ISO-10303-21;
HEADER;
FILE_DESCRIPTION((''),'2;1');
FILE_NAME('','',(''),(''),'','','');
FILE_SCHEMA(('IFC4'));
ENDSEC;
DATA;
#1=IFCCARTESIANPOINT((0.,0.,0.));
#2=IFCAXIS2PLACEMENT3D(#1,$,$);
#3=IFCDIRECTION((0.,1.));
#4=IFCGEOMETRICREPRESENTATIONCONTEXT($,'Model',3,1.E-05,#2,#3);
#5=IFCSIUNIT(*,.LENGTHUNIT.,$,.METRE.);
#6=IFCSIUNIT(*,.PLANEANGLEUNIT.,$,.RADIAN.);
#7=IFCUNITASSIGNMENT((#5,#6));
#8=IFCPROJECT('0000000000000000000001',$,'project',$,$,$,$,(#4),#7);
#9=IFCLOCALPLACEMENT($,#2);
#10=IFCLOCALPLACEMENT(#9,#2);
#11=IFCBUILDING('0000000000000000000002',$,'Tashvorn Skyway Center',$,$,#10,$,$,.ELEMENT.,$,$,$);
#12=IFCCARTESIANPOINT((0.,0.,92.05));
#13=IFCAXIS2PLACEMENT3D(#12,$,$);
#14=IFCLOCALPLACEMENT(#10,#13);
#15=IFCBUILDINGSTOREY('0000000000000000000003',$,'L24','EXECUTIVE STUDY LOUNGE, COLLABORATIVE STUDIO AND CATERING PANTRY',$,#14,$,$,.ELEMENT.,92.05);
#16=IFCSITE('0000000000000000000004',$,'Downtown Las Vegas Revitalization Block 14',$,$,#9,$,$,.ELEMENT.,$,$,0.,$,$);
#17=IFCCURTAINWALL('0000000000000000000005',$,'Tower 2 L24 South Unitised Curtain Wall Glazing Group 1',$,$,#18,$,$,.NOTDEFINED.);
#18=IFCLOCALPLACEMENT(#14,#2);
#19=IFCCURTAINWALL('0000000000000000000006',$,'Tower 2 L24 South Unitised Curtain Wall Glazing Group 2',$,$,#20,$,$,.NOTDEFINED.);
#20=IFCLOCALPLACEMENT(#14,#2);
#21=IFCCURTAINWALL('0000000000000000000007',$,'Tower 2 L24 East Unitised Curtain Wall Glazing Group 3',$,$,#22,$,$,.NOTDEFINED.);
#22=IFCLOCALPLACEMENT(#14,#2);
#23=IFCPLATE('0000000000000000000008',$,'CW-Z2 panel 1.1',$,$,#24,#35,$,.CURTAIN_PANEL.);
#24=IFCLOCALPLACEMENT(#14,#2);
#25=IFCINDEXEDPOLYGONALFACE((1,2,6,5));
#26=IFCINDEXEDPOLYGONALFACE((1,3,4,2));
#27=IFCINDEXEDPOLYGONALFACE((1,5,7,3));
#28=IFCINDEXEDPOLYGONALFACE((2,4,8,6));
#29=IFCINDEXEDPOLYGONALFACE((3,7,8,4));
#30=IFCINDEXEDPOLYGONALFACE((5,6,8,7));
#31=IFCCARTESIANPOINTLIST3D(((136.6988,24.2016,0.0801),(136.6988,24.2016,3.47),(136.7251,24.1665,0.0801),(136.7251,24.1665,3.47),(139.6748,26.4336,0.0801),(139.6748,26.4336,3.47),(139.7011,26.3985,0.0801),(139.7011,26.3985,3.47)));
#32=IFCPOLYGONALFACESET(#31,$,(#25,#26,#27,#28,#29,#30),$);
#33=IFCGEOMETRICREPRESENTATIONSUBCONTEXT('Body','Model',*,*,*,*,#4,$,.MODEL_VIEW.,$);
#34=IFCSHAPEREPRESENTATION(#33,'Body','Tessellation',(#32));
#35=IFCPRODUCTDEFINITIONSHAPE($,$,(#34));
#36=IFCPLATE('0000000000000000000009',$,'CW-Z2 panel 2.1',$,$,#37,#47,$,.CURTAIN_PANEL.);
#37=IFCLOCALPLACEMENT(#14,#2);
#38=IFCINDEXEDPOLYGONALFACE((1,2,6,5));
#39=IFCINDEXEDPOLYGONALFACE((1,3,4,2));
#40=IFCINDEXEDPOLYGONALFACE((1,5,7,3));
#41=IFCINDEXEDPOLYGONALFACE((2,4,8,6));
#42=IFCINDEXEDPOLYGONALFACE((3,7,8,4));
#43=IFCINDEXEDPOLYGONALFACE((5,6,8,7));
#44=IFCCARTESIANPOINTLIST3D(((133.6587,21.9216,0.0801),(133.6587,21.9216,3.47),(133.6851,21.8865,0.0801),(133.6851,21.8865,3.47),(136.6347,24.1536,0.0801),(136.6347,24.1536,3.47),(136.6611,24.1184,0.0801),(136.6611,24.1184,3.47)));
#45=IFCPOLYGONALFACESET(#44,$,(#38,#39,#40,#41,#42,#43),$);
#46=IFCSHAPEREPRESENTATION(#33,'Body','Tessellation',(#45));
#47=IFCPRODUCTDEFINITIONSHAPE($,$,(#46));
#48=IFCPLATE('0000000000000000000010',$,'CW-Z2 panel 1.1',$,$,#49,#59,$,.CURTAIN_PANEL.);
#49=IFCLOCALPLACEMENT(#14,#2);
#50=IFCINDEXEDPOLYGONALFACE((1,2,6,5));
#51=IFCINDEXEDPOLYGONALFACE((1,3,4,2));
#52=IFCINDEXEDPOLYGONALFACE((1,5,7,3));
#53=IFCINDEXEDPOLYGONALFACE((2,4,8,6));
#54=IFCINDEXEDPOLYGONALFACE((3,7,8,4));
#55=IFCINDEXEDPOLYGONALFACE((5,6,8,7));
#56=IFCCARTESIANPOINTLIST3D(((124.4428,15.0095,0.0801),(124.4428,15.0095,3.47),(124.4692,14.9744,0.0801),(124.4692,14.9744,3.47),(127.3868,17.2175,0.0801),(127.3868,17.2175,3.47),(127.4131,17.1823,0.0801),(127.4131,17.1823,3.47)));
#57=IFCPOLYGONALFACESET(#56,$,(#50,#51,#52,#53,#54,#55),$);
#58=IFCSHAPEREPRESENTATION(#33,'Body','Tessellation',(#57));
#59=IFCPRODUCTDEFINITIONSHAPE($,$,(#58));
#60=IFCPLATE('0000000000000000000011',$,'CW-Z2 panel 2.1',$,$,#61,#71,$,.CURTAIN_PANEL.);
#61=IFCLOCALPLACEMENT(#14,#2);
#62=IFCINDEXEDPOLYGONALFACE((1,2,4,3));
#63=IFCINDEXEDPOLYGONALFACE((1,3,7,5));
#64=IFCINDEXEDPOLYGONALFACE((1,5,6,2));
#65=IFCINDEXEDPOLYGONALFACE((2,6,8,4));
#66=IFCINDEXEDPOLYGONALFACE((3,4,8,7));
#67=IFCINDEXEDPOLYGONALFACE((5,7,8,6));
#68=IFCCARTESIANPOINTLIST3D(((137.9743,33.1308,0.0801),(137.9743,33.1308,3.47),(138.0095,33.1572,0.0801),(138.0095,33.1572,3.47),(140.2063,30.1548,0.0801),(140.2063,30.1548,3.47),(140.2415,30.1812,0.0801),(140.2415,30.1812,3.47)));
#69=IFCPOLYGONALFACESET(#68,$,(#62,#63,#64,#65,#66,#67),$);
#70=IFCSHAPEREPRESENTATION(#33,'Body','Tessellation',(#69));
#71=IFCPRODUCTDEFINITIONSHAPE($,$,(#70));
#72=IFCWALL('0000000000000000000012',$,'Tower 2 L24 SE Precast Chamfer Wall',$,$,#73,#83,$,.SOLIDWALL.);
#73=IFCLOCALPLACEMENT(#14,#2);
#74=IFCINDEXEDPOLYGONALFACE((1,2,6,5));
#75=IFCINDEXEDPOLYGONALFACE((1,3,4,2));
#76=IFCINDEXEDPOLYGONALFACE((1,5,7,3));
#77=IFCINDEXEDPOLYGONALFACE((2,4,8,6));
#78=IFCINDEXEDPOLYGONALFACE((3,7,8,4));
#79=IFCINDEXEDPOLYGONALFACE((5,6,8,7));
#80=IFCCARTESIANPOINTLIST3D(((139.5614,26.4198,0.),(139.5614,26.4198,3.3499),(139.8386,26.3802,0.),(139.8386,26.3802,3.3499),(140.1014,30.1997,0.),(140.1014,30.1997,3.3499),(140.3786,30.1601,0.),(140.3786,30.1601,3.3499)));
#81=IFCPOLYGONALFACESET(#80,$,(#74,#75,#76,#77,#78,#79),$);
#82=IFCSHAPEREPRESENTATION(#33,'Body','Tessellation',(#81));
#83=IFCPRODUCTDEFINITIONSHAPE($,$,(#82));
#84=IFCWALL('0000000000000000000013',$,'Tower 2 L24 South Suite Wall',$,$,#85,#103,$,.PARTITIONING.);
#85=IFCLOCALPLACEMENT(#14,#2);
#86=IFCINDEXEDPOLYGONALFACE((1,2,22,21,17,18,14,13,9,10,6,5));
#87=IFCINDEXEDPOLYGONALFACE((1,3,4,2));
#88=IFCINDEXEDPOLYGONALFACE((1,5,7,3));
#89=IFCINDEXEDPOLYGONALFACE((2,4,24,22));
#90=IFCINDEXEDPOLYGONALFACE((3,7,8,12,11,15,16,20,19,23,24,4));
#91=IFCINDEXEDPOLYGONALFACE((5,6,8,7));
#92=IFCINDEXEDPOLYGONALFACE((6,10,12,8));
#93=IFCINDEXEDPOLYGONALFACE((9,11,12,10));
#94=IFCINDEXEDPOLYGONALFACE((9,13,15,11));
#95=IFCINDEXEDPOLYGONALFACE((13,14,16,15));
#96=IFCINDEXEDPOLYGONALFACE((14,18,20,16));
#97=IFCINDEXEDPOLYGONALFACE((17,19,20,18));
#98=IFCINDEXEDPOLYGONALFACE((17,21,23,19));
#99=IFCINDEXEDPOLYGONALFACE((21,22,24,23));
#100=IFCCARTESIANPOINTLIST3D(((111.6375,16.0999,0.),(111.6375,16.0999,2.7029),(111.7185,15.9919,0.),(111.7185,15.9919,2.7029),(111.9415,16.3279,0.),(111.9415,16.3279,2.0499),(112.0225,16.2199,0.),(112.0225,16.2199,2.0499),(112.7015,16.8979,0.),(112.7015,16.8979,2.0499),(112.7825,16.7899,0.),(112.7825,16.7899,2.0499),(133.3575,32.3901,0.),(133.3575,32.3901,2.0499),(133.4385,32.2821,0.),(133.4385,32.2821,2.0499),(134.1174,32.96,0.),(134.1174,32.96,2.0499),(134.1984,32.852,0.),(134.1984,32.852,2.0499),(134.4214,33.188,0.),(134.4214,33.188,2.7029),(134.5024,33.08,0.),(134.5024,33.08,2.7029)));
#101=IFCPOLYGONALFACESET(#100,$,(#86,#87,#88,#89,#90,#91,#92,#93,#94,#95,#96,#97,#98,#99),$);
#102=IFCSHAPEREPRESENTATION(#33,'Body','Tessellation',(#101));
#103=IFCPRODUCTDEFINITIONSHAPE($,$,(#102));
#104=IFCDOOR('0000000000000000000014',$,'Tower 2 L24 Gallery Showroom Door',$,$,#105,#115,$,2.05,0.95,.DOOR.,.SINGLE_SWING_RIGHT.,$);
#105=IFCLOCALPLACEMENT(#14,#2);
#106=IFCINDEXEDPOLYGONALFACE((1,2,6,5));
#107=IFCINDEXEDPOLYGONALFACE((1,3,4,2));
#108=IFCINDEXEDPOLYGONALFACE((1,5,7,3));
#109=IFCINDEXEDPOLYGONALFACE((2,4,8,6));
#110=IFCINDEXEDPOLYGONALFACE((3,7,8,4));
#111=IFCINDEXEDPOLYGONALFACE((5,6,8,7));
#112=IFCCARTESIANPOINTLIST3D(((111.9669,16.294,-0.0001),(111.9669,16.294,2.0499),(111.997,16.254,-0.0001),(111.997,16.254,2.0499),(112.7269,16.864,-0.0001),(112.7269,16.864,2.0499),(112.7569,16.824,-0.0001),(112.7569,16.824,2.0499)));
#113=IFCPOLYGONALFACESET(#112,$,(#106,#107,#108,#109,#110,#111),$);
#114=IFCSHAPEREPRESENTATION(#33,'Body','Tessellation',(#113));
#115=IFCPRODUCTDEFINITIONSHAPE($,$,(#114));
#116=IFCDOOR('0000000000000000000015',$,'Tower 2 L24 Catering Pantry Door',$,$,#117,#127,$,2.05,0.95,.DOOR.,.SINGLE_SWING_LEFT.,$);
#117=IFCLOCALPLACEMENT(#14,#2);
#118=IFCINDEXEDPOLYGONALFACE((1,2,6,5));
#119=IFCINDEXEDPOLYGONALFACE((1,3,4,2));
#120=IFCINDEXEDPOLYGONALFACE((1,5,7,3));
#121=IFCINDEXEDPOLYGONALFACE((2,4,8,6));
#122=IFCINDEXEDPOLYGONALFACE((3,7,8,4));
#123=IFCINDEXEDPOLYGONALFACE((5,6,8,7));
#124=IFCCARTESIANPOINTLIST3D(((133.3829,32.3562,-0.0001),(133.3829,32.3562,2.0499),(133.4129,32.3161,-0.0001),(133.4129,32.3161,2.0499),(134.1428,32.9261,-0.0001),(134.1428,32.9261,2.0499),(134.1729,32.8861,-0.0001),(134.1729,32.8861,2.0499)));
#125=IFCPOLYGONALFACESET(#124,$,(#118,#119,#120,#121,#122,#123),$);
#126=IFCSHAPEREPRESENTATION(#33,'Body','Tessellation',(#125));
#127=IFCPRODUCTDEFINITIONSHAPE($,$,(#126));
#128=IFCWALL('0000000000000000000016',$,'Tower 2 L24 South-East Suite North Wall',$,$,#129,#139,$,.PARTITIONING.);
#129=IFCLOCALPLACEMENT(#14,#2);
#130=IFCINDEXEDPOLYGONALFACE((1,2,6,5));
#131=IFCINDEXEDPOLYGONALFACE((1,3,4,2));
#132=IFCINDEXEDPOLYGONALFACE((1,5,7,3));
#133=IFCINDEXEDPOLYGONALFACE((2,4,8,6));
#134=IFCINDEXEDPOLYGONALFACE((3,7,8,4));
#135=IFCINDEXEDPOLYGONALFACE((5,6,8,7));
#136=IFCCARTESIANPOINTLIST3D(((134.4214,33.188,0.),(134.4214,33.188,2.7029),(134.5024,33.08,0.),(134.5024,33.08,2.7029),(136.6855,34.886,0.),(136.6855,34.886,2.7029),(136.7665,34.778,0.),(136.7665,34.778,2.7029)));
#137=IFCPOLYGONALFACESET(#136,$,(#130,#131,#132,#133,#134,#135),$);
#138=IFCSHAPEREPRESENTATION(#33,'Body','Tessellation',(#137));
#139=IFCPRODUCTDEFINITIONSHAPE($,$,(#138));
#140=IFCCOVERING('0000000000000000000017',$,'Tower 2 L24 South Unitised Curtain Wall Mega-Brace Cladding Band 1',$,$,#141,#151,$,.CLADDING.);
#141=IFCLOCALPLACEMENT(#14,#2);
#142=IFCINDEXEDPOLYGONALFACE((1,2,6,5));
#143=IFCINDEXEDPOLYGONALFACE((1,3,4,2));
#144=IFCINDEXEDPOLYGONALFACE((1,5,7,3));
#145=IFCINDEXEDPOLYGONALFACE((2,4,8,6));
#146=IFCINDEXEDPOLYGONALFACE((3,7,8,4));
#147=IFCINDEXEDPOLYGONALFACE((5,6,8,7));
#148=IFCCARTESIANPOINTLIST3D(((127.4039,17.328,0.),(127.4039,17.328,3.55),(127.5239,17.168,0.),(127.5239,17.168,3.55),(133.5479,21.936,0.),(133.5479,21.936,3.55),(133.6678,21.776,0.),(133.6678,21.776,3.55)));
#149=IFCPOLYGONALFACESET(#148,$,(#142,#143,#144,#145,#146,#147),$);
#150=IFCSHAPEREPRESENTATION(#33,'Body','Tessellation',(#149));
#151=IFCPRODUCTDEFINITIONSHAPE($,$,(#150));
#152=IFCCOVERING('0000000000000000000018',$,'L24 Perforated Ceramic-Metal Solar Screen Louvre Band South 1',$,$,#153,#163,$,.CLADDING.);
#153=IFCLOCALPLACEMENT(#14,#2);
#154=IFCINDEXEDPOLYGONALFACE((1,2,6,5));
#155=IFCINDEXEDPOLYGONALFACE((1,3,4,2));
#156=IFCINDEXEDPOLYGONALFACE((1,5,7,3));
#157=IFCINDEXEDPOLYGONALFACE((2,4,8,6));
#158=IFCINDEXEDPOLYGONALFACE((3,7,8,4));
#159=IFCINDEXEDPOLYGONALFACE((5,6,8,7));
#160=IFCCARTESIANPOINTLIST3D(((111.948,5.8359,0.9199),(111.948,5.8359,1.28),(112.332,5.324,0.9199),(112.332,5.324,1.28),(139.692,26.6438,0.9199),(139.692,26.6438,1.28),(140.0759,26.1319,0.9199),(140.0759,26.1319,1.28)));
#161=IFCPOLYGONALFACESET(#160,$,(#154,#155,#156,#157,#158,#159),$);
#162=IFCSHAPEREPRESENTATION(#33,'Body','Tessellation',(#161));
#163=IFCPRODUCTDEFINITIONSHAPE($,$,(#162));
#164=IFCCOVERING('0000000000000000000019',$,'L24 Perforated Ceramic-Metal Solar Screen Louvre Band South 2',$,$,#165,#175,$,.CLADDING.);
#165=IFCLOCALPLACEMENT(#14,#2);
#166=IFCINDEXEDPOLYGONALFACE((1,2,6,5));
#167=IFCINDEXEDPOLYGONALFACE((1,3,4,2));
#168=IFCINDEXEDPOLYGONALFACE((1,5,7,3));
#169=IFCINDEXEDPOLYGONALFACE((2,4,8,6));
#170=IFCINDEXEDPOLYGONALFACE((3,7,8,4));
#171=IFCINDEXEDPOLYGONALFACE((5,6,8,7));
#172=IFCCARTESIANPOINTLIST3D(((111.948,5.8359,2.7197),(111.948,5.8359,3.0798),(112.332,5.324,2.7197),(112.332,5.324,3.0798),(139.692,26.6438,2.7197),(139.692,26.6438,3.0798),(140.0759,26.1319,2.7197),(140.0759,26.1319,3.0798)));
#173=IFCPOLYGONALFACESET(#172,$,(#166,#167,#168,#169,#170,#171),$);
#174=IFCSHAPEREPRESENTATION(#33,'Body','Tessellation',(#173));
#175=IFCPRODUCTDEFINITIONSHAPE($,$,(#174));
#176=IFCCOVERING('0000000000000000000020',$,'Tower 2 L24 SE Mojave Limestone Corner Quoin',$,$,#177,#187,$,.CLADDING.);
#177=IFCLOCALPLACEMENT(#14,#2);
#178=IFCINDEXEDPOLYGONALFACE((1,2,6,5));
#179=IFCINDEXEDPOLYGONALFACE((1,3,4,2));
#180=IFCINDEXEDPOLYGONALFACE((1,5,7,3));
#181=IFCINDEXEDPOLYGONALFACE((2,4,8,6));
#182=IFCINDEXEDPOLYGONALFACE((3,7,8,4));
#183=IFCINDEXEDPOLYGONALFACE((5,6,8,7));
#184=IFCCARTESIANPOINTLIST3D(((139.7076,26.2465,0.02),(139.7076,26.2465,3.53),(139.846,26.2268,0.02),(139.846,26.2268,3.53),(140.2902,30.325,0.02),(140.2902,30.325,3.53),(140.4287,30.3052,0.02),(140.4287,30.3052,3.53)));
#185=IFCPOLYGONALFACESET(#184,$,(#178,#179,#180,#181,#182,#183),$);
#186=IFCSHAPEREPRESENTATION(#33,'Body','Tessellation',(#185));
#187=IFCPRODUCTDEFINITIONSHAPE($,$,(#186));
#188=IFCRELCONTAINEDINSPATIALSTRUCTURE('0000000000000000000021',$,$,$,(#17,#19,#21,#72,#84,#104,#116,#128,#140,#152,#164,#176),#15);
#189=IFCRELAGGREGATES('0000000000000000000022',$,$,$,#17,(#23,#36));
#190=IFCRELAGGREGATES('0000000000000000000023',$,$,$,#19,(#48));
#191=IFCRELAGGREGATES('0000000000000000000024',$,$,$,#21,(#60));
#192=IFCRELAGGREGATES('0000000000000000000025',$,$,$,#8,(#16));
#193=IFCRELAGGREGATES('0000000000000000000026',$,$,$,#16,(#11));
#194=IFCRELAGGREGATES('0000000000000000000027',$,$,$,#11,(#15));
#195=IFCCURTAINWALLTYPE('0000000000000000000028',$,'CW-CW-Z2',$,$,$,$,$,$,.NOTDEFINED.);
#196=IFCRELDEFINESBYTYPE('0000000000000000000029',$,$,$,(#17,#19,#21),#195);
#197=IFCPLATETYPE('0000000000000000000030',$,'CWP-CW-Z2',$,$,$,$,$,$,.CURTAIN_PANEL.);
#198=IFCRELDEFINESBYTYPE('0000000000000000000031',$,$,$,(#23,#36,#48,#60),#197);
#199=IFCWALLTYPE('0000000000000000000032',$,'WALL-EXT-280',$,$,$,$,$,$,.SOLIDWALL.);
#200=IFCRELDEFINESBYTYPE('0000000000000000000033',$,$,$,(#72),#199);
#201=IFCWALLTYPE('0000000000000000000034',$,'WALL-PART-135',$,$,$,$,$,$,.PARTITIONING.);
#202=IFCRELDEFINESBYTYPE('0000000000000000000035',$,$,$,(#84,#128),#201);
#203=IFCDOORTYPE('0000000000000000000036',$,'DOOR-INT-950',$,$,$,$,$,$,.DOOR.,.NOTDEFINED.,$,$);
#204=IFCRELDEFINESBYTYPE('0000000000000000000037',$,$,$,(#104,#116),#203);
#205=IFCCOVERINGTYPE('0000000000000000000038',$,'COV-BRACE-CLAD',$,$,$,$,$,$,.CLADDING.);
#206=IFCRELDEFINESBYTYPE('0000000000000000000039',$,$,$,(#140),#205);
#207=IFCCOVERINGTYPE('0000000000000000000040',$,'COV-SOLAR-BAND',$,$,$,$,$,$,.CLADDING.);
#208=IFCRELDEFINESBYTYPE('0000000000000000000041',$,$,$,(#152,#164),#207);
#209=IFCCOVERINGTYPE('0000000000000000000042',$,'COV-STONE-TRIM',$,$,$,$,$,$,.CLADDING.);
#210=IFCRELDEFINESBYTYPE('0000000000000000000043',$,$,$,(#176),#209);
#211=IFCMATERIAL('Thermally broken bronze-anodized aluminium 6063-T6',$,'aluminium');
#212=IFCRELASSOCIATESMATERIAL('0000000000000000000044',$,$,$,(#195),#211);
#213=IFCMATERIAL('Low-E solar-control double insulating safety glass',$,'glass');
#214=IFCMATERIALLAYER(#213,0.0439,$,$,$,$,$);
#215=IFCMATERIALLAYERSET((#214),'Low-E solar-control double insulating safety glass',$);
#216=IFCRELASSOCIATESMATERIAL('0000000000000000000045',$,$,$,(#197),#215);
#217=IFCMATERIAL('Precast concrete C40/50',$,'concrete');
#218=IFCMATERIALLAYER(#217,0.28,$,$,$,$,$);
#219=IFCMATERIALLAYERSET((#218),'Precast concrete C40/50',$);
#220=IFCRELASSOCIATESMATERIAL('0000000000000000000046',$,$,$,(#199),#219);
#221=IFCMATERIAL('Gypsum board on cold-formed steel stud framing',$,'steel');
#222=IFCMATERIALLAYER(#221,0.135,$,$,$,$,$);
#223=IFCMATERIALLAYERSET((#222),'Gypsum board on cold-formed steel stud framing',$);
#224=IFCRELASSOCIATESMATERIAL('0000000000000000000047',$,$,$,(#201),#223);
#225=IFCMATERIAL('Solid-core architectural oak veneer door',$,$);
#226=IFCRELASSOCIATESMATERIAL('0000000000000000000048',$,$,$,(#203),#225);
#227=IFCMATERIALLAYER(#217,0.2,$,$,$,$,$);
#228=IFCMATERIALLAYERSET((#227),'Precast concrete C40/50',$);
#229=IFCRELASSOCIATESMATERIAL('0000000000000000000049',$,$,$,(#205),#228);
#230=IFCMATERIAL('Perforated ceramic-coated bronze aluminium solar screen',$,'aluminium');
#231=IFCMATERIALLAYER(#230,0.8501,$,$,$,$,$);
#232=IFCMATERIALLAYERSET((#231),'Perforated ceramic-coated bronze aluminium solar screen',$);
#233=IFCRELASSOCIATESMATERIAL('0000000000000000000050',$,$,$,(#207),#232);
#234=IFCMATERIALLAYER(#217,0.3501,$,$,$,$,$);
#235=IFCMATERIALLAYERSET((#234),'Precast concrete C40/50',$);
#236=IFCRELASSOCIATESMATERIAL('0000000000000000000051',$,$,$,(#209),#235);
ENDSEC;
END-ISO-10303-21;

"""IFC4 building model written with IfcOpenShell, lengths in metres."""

from ifc_helpers import new_model, si_unit, direction, frame, frame_2d, origin, origin_2d, place, context, subcontext, project, spatial, rectangle, extrude, material, layer, layer_set, type_object, element, fill, aggregate, save


model = new_model("IFC4")

# Units and contexts
model_context = context("Model", 3, precision=1e-05, world=origin(), true_north=direction((0.0, 1.0)))
body_context = subcontext(model_context, "Body", "Model", "MODEL_VIEW")
ifc_project = project(units=[si_unit("LENGTHUNIT", "METRE"), si_unit("PLANEANGLEUNIT", "RADIAN")], contexts=[model_context])

# Site, building, storey
site_placement = place(None, origin())
site = spatial("IfcSite", under=ifc_project, at=site_placement, Name="Downtown Las Vegas Revitalization Block 14", CompositionType="ELEMENT", RefElevation=0.0)
building_placement = place(site_placement, origin())
building = spatial("IfcBuilding", under=site, at=building_placement, Name="Tashvorn Skyway Center", CompositionType="ELEMENT")
storey_placement = place(building_placement, frame((0.0, 0.0, 92.05)))
storey = spatial("IfcBuildingStorey", under=building, at=storey_placement, Name="L24", Description="EXECUTIVE STUDY LOUNGE, COLLABORATIVE STUDIO AND CATERING PANTRY", CompositionType="ELEMENT", Elevation=92.05)

# Curtain wall
ifc_material_1 = material(Name="Thermally broken bronze-anodized aluminium 6063-T6", Category="aluminium")
curtain_wall_type = type_object("IfcCurtainWallType", Name="CW-CW-Z2", PredefinedType="NOTDEFINED", material=ifc_material_1)
curtain_wall_1_placement = place(storey_placement, origin())
curtain_wall_1 = element("IfcCurtainWall", 1, at=curtain_wall_1_placement, inside=storey, type_object=curtain_wall_type, Name="Tower 2 L24 South Unitised Curtain Wall Glazing Group 1", PredefinedType="NOTDEFINED")

# Curtain wall
curtain_wall_2_placement = place(storey_placement, origin())
curtain_wall_2 = element("IfcCurtainWall", 2, at=curtain_wall_2_placement, inside=storey, type_object=curtain_wall_type, Name="Tower 2 L24 South Unitised Curtain Wall Glazing Group 2", PredefinedType="NOTDEFINED")

# Curtain wall
curtain_wall_3_placement = place(storey_placement, origin())
curtain_wall_3 = element("IfcCurtainWall", 3, at=curtain_wall_3_placement, inside=storey, type_object=curtain_wall_type, Name="Tower 2 L24 East Unitised Curtain Wall Glazing Group 3", PredefinedType="NOTDEFINED")

# Plates
ifc_material_2 = material(Name="Low-E solar-control double insulating safety glass", Category="glass")
ifc_layer_1 = layer(ifc_material_2, 0.0439)
ifc_layer_set_1 = layer_set([ifc_layer_1], Name="Low-E solar-control double insulating safety glass")
plate_type = type_object("IfcPlateType", Name="CWP-CW-Z2", PredefinedType="CURTAIN_PANEL", material=ifc_layer_set_1)
plate_1_placement = place(storey_placement, frame((138.2, 25.3, 0.0801), z_axis=(0.0, 0.0, 1.0), x_axis=(-0.8, -0.6, 0.0)))
plate_1 = element("IfcPlate", 4, at=plate_1_placement, type_object=plate_type, Name="CW-Z2 panel 1.1", PredefinedType="CURTAIN_PANEL", context=body_context, shape_type="SweptSolid", body=[
    extrude(rectangle(XDim=3.72, YDim=0.0439, at=origin_2d()), origin(), (0.0, 0.0, 1.0), 3.3899),
])
plate_2_placement = place(storey_placement, frame((135.1599, 23.02, 0.0801), z_axis=(0.0, 0.0, 1.0), x_axis=(-0.8, -0.6, 0.0)))
plate_2 = element("IfcPlate", 5, at=plate_2_placement, type_object=plate_type, Name="CW-Z2 panel 2.1", PredefinedType="CURTAIN_PANEL", context=body_context, shape_type="SweptSolid", body=[
    extrude(rectangle(XDim=3.72, YDim=0.0439, at=origin_2d()), origin(), (0.0, 0.0, 1.0), 3.3899),
])
aggregate(curtain_wall_1, [plate_1, plate_2])
plate_3_placement = place(storey_placement, frame((125.928, 16.0959, 0.0801), z_axis=(0.0, 0.0, 1.0), x_axis=(-0.8, -0.6, 0.0)))
plate_3 = element("IfcPlate", 6, at=plate_3_placement, type_object=plate_type, Name="CW-Z2 panel 1.1", PredefinedType="CURTAIN_PANEL", context=body_context, shape_type="SweptSolid", body=[
    extrude(rectangle(XDim=3.6799, YDim=0.0439, at=origin_2d()), origin(), (0.0, 0.0, 1.0), 3.3899),
])
aggregate(curtain_wall_2, [plate_3])
plate_4_placement = place(storey_placement, frame((139.1079, 31.656, 0.0801), z_axis=(0.0, 0.0, 1.0), x_axis=(0.6, -0.8, 0.0)))
plate_4 = element("IfcPlate", 7, at=plate_4_placement, type_object=plate_type, Name="CW-Z2 panel 2.1", PredefinedType="CURTAIN_PANEL", context=body_context, shape_type="SweptSolid", body=[
    extrude(rectangle(XDim=3.72, YDim=0.0439, at=origin_2d()), origin(), (0.0, 0.0, 1.0), 3.3899),
])
aggregate(curtain_wall_3, [plate_4])

# Wall
ifc_material_3 = material(Name="Precast concrete C40/50", Category="concrete")
ifc_layer_2 = layer(ifc_material_3, 0.28)
ifc_layer_set_2 = layer_set([ifc_layer_2], Name="Precast concrete C40/50")
wall_type_1 = type_object("IfcWallType", Name="WALL-EXT-280", PredefinedType="SOLIDWALL", material=ifc_layer_set_2)
wall_1_placement = place(storey_placement, frame((140.24, 30.1799, 0.0), z_axis=(0.0, 0.0, 1.0), x_axis=(-0.14143, -0.989948, 0.0)))
element("IfcWall", 8, at=wall_1_placement, inside=storey, type_object=wall_type_1, Name="Tower 2 L24 SE Precast Chamfer Wall", PredefinedType="SOLIDWALL", context=body_context, shape_type="SweptSolid", body=[
    extrude(rectangle(XDim=3.8184, YDim=0.28, at=frame_2d((1.9092, 0.0))), origin(), (0.0, 0.0, 1.0), 3.3499),
])

# Wall, openings, doors
ifc_material_4 = material(Name="Gypsum board on cold-formed steel stud framing", Category="steel")
ifc_layer_3 = layer(ifc_material_4, 0.135)
ifc_layer_set_3 = layer_set([ifc_layer_3], Name="Gypsum board on cold-formed steel stud framing")
wall_type_2 = type_object("IfcWallType", Name="WALL-PART-135", PredefinedType="PARTITIONING", material=ifc_layer_set_3)
wall_2_placement = place(storey_placement, frame((134.4619, 33.134, 0.0), z_axis=(0.0, 0.0, 1.0), x_axis=(-0.799997, -0.600004, 0.0)))
wall_2 = element("IfcWall", 9, at=wall_2_placement, inside=storey, type_object=wall_type_2, Name="Tower 2 L24 South Suite Wall", PredefinedType="PARTITIONING", context=body_context, shape_type="SweptSolid", body=[
    extrude(rectangle(XDim=28.48, YDim=0.135, at=frame_2d((14.24, 0.0))), origin(), (0.0, 0.0, 1.0), 2.7029),
])
opening_1_placement = place(wall_2_placement, frame((27.1499, 0.0, 0.0)))
opening_1 = element("IfcOpeningElement", 10, at=opening_1_placement, cuts=wall_2, PredefinedType="OPENING", context=body_context, shape_type="SweptSolid", body=[
    extrude(rectangle(XDim=0.95, YDim=2.05, at=frame_2d((0.4751, 1.0249))), frame((0.0, 0.0774, 0.0), z_axis=(0.0, -1.0, 0.0), x_axis=(1.0, 0.0, 0.0)), (0.0, 0.0, 1.0), 0.155),
])
opening_2_placement = place(wall_2_placement, frame((0.3799, 0.0, 0.0)))
opening_2 = element("IfcOpeningElement", 11, at=opening_2_placement, cuts=wall_2, PredefinedType="OPENING", context=body_context, shape_type="SweptSolid", body=[
    extrude(rectangle(XDim=0.95, YDim=2.05, at=frame_2d((0.4751, 1.0249))), frame((0.0, 0.0774, 0.0), z_axis=(0.0, -1.0, 0.0), x_axis=(1.0, 0.0, 0.0)), (0.0, 0.0, 1.0), 0.155),
])
ifc_material_5 = material(Name="Solid-core architectural oak veneer door")
door_type = type_object("IfcDoorType", Name="DOOR-INT-950", OperationType="NOTDEFINED", PredefinedType="DOOR", material=ifc_material_5)
door_1_placement = place(opening_1_placement, origin())
door_1 = element("IfcDoor", 12, at=door_1_placement, inside=storey, type_object=door_type, Name="Tower 2 L24 Gallery Showroom Door", OperationType="SINGLE_SWING_RIGHT", OverallHeight=2.05, OverallWidth=0.95, PredefinedType="DOOR", context=body_context, shape_type="SweptSolid", body=[
    extrude(rectangle(XDim=0.95, YDim=2.05, at=frame_2d((0.4751, 1.0249))), frame((0.0, 0.0249, 0.0), z_axis=(0.0, -1.0, 0.0), x_axis=(1.0, 0.0, 0.0)), (0.0, 0.0, 1.0), 0.05),
])
fill(opening_1, door_1)
door_2_placement = place(opening_2_placement, origin())
door_2 = element("IfcDoor", 13, at=door_2_placement, inside=storey, type_object=door_type, Name="Tower 2 L24 Catering Pantry Door", OperationType="SINGLE_SWING_LEFT", OverallHeight=2.05, OverallWidth=0.95, PredefinedType="DOOR", context=body_context, shape_type="SweptSolid", body=[
    extrude(rectangle(XDim=0.95, YDim=2.05, at=frame_2d((0.4751, 1.0249))), frame((0.0, 0.0249, 0.0), z_axis=(0.0, -1.0, 0.0), x_axis=(1.0, 0.0, 0.0)), (0.0, 0.0, 1.0), 0.05),
])
fill(opening_2, door_2)

# Wall
wall_3_placement = place(storey_placement, frame((134.4619, 33.134, 0.0), z_axis=(0.0, 0.0, 1.0), x_axis=(0.800021, 0.599972, 0.0)))
element("IfcWall", 14, at=wall_3_placement, inside=storey, type_object=wall_type_2, Name="Tower 2 L24 South-East Suite North Wall", PredefinedType="PARTITIONING", context=body_context, shape_type="SweptSolid", body=[
    extrude(rectangle(XDim=2.8301, YDim=0.135, at=frame_2d((1.415, 0.0))), origin(), (0.0, 0.0, 1.0), 2.7029),
])

# Coverings
ifc_layer_4 = layer(ifc_material_3, 0.2)
ifc_layer_set_4 = layer_set([ifc_layer_4], Name="Precast concrete C40/50")
covering_type_1 = type_object("IfcCoveringType", Name="COV-BRACE-CLAD", PredefinedType="CLADDING", material=ifc_layer_set_4)
covering_1_placement = place(storey_placement, frame((130.5359, 19.552, 0.0), z_axis=(0.0, 0.0, 1.0), x_axis=(-0.8, -0.6, 0.0)))
element("IfcCovering", 15, at=covering_1_placement, inside=storey, type_object=covering_type_1, Name="Tower 2 L24 South Unitised Curtain Wall Mega-Brace Cladding Band 1", PredefinedType="CLADDING", context=body_context, shape_type="SweptSolid", body=[
    extrude(rectangle(XDim=7.6799, YDim=0.2, at=origin_2d()), origin(), (0.0, 0.0, 1.0), 3.55),
])
ifc_material_6 = material(Name="Perforated ceramic-coated bronze aluminium solar screen", Category="aluminium")
ifc_layer_5 = layer(ifc_material_6, 0.8501)
ifc_layer_set_5 = layer_set([ifc_layer_5], Name="Perforated ceramic-coated bronze aluminium solar screen")
covering_type_2 = type_object("IfcCoveringType", Name="COV-SOLAR-BAND", PredefinedType="CLADDING", material=ifc_layer_set_5)
for number, where, z_axis, x_axis, name in (
    (16, (126.012, 15.9839, 0.9199), (0.0, 0.0, 1.0), (-0.8, -0.6, 0.0), "L24 Perforated Ceramic-Metal Solar Screen Louvre Band South 1"),
    (17, (126.012, 15.9839, 2.7197), (0.0, 0.0, 1.0), (-0.8, -0.6, 0.0), "L24 Perforated Ceramic-Metal Solar Screen Louvre Band South 2"),
):
    element("IfcCovering", number, at=place(storey_placement, frame(where, z_axis=z_axis, x_axis=x_axis)), inside=storey, type_object=covering_type_2, Name=name, PredefinedType="CLADDING", context=body_context, shape_type="SweptSolid", body=[
        extrude(rectangle(XDim=34.6799, YDim=0.6399, at=origin_2d()), origin(), (0.0, 0.0, 1.0), 0.3601),
    ])
ifc_layer_6 = layer(ifc_material_3, 0.3501)
ifc_layer_set_6 = layer_set([ifc_layer_6], Name="Precast concrete C40/50")
covering_type_3 = type_object("IfcCoveringType", Name="COV-STONE-TRIM", PredefinedType="CLADDING", material=ifc_layer_set_6)
covering_2_placement = place(storey_placement, frame((140.0681, 28.2759, 0.02), z_axis=(0.0, 0.0, 1.0), x_axis=(0.141421, 0.989949, 0.0)))
element("IfcCovering", 18, at=covering_2_placement, inside=storey, type_object=covering_type_3, Name="Tower 2 L24 SE Mojave Limestone Corner Quoin", PredefinedType="CLADDING", context=body_context, shape_type="SweptSolid", body=[
    extrude(rectangle(XDim=4.1199, YDim=0.1399, at=origin_2d()), origin(), (0.0, 0.0, 1.0), 3.51),
])

save(model, "model.ifc")
